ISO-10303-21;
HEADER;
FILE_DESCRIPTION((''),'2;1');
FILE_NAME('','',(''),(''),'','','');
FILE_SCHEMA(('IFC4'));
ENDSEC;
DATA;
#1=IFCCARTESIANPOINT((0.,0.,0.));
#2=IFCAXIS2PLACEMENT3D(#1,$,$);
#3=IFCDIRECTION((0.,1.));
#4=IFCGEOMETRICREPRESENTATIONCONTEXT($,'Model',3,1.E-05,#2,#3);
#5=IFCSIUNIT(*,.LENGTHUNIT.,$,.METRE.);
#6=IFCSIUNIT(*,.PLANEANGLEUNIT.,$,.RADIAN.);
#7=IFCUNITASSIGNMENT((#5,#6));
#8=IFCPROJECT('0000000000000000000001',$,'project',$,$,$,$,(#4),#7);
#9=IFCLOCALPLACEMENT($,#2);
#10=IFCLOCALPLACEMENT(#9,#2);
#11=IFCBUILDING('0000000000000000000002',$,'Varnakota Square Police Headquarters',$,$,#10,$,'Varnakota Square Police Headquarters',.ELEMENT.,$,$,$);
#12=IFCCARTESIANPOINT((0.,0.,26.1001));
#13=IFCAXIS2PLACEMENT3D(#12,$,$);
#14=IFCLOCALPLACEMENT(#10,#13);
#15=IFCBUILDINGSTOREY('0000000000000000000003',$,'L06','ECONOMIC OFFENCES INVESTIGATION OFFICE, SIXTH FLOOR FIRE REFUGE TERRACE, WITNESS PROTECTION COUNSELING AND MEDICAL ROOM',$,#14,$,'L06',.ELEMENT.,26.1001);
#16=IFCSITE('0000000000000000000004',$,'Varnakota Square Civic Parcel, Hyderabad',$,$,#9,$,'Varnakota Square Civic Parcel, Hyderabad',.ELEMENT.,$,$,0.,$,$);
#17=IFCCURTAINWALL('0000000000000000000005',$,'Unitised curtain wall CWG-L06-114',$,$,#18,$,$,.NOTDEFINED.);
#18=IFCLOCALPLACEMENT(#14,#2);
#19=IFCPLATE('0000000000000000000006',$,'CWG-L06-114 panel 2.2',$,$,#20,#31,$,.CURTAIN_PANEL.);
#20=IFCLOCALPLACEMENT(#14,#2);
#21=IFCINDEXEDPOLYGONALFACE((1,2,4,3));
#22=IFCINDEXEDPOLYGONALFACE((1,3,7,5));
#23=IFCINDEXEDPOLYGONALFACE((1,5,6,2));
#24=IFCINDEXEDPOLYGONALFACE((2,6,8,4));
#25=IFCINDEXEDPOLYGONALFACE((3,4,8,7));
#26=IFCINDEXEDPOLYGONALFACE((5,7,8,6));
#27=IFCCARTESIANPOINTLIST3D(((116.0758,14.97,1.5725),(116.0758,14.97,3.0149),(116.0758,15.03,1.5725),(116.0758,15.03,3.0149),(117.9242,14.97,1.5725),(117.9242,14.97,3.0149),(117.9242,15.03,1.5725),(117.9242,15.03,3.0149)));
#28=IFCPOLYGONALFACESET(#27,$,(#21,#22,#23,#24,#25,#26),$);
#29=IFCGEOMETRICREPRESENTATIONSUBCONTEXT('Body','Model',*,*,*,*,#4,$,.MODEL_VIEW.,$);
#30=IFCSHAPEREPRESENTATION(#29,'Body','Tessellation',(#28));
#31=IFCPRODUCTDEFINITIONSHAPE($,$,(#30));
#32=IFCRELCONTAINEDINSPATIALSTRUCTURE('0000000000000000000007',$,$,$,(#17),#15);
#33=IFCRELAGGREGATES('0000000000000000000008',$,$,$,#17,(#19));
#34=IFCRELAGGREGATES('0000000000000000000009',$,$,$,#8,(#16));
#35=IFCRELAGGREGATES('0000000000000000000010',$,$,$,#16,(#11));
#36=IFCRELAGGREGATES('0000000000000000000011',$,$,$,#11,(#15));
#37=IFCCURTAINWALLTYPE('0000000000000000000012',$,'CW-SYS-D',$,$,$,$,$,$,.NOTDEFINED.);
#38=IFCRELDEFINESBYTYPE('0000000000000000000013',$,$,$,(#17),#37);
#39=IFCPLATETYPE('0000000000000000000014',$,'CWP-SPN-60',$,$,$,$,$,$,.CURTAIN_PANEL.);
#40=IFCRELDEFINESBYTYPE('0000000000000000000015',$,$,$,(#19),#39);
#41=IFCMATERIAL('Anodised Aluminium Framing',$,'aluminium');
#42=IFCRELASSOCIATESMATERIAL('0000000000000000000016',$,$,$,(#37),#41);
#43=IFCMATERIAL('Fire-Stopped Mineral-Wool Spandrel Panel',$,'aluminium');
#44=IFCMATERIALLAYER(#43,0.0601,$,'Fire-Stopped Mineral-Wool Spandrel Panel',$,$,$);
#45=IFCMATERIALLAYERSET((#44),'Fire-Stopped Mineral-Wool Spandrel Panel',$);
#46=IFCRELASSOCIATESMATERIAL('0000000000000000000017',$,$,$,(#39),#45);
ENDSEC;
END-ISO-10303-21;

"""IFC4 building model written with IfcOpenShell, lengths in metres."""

from ifc_helpers import new_model, si_unit, direction, frame, origin, origin_2d, place, context, subcontext, project, spatial, rectangle, extrude, material, layer, layer_set, type_object, element, aggregate, save


model = new_model("IFC4")

# Units and contexts
model_context = context("Model", 3, precision=1e-05, world=origin(), true_north=direction((0.0, 1.0)))
body_context = subcontext(model_context, "Body", "Model", "MODEL_VIEW")
ifc_project = project(units=[si_unit("LENGTHUNIT", "METRE"), si_unit("PLANEANGLEUNIT", "RADIAN")], contexts=[model_context])

# Site, building, storey
site_placement = place(None, origin())
site = spatial("IfcSite", under=ifc_project, at=site_placement, Name="Varnakota Square Civic Parcel, Hyderabad", LongName="Varnakota Square Civic Parcel, Hyderabad", CompositionType="ELEMENT", RefElevation=0.0)
building_placement = place(site_placement, origin())
building = spatial("IfcBuilding", under=site, at=building_placement, Name="Varnakota Square Police Headquarters", LongName="Varnakota Square Police Headquarters", CompositionType="ELEMENT")
storey_placement = place(building_placement, frame((0.0, 0.0, 26.1001)))
storey = spatial("IfcBuildingStorey", under=building, at=storey_placement, Name="L06", Description="ECONOMIC OFFENCES INVESTIGATION OFFICE, SIXTH FLOOR FIRE REFUGE TERRACE, WITNESS PROTECTION COUNSELING AND MEDICAL ROOM", LongName="L06", CompositionType="ELEMENT", Elevation=26.1001)

# Shared definitions
ifc_material_1 = material(Name="Anodised Aluminium Framing", Category="aluminium")

# Curtain wall
curtain_wall_type_1 = type_object("IfcCurtainWallType", Name="CW-SYS-D", PredefinedType="NOTDEFINED", material=ifc_material_1)
curtain_wall_1_placement = place(storey_placement, origin())
curtain_wall_1 = element("IfcCurtainWall", 1, at=curtain_wall_1_placement, inside=storey, type_object=curtain_wall_type_1, Name="Unitised curtain wall CWG-L06-114", PredefinedType="NOTDEFINED")

# Plate
ifc_material_2 = material(Name="Fire-Stopped Mineral-Wool Spandrel Panel", Category="aluminium")
ifc_layer_1 = layer(ifc_material_2, 0.0601, Name="Fire-Stopped Mineral-Wool Spandrel Panel")
ifc_layer_set_1 = layer_set([ifc_layer_1], Name="Fire-Stopped Mineral-Wool Spandrel Panel")
plate_type_1 = type_object("IfcPlateType", Name="CWP-SPN-60", PredefinedType="CURTAIN_PANEL", material=ifc_layer_set_1)
plate_1_placement = place(storey_placement, frame((117.0, 15.0, 1.5725), z_axis=(0.0, 0.0, 1.0), x_axis=(1.0, 0.0, 0.0)))
plate_1 = element("IfcPlate", 2, at=plate_1_placement, type_object=plate_type_1, Name="CWG-L06-114 panel 2.2", PredefinedType="CURTAIN_PANEL", context=body_context, shape_type="SweptSolid", body=[
    extrude(rectangle(XDim=1.8484, YDim=0.0601, at=origin_2d()), origin(), (0.0, 0.0, 1.0), 1.4424),
])
aggregate(curtain_wall_1, [plate_1])

save(model, "model.ifc")
